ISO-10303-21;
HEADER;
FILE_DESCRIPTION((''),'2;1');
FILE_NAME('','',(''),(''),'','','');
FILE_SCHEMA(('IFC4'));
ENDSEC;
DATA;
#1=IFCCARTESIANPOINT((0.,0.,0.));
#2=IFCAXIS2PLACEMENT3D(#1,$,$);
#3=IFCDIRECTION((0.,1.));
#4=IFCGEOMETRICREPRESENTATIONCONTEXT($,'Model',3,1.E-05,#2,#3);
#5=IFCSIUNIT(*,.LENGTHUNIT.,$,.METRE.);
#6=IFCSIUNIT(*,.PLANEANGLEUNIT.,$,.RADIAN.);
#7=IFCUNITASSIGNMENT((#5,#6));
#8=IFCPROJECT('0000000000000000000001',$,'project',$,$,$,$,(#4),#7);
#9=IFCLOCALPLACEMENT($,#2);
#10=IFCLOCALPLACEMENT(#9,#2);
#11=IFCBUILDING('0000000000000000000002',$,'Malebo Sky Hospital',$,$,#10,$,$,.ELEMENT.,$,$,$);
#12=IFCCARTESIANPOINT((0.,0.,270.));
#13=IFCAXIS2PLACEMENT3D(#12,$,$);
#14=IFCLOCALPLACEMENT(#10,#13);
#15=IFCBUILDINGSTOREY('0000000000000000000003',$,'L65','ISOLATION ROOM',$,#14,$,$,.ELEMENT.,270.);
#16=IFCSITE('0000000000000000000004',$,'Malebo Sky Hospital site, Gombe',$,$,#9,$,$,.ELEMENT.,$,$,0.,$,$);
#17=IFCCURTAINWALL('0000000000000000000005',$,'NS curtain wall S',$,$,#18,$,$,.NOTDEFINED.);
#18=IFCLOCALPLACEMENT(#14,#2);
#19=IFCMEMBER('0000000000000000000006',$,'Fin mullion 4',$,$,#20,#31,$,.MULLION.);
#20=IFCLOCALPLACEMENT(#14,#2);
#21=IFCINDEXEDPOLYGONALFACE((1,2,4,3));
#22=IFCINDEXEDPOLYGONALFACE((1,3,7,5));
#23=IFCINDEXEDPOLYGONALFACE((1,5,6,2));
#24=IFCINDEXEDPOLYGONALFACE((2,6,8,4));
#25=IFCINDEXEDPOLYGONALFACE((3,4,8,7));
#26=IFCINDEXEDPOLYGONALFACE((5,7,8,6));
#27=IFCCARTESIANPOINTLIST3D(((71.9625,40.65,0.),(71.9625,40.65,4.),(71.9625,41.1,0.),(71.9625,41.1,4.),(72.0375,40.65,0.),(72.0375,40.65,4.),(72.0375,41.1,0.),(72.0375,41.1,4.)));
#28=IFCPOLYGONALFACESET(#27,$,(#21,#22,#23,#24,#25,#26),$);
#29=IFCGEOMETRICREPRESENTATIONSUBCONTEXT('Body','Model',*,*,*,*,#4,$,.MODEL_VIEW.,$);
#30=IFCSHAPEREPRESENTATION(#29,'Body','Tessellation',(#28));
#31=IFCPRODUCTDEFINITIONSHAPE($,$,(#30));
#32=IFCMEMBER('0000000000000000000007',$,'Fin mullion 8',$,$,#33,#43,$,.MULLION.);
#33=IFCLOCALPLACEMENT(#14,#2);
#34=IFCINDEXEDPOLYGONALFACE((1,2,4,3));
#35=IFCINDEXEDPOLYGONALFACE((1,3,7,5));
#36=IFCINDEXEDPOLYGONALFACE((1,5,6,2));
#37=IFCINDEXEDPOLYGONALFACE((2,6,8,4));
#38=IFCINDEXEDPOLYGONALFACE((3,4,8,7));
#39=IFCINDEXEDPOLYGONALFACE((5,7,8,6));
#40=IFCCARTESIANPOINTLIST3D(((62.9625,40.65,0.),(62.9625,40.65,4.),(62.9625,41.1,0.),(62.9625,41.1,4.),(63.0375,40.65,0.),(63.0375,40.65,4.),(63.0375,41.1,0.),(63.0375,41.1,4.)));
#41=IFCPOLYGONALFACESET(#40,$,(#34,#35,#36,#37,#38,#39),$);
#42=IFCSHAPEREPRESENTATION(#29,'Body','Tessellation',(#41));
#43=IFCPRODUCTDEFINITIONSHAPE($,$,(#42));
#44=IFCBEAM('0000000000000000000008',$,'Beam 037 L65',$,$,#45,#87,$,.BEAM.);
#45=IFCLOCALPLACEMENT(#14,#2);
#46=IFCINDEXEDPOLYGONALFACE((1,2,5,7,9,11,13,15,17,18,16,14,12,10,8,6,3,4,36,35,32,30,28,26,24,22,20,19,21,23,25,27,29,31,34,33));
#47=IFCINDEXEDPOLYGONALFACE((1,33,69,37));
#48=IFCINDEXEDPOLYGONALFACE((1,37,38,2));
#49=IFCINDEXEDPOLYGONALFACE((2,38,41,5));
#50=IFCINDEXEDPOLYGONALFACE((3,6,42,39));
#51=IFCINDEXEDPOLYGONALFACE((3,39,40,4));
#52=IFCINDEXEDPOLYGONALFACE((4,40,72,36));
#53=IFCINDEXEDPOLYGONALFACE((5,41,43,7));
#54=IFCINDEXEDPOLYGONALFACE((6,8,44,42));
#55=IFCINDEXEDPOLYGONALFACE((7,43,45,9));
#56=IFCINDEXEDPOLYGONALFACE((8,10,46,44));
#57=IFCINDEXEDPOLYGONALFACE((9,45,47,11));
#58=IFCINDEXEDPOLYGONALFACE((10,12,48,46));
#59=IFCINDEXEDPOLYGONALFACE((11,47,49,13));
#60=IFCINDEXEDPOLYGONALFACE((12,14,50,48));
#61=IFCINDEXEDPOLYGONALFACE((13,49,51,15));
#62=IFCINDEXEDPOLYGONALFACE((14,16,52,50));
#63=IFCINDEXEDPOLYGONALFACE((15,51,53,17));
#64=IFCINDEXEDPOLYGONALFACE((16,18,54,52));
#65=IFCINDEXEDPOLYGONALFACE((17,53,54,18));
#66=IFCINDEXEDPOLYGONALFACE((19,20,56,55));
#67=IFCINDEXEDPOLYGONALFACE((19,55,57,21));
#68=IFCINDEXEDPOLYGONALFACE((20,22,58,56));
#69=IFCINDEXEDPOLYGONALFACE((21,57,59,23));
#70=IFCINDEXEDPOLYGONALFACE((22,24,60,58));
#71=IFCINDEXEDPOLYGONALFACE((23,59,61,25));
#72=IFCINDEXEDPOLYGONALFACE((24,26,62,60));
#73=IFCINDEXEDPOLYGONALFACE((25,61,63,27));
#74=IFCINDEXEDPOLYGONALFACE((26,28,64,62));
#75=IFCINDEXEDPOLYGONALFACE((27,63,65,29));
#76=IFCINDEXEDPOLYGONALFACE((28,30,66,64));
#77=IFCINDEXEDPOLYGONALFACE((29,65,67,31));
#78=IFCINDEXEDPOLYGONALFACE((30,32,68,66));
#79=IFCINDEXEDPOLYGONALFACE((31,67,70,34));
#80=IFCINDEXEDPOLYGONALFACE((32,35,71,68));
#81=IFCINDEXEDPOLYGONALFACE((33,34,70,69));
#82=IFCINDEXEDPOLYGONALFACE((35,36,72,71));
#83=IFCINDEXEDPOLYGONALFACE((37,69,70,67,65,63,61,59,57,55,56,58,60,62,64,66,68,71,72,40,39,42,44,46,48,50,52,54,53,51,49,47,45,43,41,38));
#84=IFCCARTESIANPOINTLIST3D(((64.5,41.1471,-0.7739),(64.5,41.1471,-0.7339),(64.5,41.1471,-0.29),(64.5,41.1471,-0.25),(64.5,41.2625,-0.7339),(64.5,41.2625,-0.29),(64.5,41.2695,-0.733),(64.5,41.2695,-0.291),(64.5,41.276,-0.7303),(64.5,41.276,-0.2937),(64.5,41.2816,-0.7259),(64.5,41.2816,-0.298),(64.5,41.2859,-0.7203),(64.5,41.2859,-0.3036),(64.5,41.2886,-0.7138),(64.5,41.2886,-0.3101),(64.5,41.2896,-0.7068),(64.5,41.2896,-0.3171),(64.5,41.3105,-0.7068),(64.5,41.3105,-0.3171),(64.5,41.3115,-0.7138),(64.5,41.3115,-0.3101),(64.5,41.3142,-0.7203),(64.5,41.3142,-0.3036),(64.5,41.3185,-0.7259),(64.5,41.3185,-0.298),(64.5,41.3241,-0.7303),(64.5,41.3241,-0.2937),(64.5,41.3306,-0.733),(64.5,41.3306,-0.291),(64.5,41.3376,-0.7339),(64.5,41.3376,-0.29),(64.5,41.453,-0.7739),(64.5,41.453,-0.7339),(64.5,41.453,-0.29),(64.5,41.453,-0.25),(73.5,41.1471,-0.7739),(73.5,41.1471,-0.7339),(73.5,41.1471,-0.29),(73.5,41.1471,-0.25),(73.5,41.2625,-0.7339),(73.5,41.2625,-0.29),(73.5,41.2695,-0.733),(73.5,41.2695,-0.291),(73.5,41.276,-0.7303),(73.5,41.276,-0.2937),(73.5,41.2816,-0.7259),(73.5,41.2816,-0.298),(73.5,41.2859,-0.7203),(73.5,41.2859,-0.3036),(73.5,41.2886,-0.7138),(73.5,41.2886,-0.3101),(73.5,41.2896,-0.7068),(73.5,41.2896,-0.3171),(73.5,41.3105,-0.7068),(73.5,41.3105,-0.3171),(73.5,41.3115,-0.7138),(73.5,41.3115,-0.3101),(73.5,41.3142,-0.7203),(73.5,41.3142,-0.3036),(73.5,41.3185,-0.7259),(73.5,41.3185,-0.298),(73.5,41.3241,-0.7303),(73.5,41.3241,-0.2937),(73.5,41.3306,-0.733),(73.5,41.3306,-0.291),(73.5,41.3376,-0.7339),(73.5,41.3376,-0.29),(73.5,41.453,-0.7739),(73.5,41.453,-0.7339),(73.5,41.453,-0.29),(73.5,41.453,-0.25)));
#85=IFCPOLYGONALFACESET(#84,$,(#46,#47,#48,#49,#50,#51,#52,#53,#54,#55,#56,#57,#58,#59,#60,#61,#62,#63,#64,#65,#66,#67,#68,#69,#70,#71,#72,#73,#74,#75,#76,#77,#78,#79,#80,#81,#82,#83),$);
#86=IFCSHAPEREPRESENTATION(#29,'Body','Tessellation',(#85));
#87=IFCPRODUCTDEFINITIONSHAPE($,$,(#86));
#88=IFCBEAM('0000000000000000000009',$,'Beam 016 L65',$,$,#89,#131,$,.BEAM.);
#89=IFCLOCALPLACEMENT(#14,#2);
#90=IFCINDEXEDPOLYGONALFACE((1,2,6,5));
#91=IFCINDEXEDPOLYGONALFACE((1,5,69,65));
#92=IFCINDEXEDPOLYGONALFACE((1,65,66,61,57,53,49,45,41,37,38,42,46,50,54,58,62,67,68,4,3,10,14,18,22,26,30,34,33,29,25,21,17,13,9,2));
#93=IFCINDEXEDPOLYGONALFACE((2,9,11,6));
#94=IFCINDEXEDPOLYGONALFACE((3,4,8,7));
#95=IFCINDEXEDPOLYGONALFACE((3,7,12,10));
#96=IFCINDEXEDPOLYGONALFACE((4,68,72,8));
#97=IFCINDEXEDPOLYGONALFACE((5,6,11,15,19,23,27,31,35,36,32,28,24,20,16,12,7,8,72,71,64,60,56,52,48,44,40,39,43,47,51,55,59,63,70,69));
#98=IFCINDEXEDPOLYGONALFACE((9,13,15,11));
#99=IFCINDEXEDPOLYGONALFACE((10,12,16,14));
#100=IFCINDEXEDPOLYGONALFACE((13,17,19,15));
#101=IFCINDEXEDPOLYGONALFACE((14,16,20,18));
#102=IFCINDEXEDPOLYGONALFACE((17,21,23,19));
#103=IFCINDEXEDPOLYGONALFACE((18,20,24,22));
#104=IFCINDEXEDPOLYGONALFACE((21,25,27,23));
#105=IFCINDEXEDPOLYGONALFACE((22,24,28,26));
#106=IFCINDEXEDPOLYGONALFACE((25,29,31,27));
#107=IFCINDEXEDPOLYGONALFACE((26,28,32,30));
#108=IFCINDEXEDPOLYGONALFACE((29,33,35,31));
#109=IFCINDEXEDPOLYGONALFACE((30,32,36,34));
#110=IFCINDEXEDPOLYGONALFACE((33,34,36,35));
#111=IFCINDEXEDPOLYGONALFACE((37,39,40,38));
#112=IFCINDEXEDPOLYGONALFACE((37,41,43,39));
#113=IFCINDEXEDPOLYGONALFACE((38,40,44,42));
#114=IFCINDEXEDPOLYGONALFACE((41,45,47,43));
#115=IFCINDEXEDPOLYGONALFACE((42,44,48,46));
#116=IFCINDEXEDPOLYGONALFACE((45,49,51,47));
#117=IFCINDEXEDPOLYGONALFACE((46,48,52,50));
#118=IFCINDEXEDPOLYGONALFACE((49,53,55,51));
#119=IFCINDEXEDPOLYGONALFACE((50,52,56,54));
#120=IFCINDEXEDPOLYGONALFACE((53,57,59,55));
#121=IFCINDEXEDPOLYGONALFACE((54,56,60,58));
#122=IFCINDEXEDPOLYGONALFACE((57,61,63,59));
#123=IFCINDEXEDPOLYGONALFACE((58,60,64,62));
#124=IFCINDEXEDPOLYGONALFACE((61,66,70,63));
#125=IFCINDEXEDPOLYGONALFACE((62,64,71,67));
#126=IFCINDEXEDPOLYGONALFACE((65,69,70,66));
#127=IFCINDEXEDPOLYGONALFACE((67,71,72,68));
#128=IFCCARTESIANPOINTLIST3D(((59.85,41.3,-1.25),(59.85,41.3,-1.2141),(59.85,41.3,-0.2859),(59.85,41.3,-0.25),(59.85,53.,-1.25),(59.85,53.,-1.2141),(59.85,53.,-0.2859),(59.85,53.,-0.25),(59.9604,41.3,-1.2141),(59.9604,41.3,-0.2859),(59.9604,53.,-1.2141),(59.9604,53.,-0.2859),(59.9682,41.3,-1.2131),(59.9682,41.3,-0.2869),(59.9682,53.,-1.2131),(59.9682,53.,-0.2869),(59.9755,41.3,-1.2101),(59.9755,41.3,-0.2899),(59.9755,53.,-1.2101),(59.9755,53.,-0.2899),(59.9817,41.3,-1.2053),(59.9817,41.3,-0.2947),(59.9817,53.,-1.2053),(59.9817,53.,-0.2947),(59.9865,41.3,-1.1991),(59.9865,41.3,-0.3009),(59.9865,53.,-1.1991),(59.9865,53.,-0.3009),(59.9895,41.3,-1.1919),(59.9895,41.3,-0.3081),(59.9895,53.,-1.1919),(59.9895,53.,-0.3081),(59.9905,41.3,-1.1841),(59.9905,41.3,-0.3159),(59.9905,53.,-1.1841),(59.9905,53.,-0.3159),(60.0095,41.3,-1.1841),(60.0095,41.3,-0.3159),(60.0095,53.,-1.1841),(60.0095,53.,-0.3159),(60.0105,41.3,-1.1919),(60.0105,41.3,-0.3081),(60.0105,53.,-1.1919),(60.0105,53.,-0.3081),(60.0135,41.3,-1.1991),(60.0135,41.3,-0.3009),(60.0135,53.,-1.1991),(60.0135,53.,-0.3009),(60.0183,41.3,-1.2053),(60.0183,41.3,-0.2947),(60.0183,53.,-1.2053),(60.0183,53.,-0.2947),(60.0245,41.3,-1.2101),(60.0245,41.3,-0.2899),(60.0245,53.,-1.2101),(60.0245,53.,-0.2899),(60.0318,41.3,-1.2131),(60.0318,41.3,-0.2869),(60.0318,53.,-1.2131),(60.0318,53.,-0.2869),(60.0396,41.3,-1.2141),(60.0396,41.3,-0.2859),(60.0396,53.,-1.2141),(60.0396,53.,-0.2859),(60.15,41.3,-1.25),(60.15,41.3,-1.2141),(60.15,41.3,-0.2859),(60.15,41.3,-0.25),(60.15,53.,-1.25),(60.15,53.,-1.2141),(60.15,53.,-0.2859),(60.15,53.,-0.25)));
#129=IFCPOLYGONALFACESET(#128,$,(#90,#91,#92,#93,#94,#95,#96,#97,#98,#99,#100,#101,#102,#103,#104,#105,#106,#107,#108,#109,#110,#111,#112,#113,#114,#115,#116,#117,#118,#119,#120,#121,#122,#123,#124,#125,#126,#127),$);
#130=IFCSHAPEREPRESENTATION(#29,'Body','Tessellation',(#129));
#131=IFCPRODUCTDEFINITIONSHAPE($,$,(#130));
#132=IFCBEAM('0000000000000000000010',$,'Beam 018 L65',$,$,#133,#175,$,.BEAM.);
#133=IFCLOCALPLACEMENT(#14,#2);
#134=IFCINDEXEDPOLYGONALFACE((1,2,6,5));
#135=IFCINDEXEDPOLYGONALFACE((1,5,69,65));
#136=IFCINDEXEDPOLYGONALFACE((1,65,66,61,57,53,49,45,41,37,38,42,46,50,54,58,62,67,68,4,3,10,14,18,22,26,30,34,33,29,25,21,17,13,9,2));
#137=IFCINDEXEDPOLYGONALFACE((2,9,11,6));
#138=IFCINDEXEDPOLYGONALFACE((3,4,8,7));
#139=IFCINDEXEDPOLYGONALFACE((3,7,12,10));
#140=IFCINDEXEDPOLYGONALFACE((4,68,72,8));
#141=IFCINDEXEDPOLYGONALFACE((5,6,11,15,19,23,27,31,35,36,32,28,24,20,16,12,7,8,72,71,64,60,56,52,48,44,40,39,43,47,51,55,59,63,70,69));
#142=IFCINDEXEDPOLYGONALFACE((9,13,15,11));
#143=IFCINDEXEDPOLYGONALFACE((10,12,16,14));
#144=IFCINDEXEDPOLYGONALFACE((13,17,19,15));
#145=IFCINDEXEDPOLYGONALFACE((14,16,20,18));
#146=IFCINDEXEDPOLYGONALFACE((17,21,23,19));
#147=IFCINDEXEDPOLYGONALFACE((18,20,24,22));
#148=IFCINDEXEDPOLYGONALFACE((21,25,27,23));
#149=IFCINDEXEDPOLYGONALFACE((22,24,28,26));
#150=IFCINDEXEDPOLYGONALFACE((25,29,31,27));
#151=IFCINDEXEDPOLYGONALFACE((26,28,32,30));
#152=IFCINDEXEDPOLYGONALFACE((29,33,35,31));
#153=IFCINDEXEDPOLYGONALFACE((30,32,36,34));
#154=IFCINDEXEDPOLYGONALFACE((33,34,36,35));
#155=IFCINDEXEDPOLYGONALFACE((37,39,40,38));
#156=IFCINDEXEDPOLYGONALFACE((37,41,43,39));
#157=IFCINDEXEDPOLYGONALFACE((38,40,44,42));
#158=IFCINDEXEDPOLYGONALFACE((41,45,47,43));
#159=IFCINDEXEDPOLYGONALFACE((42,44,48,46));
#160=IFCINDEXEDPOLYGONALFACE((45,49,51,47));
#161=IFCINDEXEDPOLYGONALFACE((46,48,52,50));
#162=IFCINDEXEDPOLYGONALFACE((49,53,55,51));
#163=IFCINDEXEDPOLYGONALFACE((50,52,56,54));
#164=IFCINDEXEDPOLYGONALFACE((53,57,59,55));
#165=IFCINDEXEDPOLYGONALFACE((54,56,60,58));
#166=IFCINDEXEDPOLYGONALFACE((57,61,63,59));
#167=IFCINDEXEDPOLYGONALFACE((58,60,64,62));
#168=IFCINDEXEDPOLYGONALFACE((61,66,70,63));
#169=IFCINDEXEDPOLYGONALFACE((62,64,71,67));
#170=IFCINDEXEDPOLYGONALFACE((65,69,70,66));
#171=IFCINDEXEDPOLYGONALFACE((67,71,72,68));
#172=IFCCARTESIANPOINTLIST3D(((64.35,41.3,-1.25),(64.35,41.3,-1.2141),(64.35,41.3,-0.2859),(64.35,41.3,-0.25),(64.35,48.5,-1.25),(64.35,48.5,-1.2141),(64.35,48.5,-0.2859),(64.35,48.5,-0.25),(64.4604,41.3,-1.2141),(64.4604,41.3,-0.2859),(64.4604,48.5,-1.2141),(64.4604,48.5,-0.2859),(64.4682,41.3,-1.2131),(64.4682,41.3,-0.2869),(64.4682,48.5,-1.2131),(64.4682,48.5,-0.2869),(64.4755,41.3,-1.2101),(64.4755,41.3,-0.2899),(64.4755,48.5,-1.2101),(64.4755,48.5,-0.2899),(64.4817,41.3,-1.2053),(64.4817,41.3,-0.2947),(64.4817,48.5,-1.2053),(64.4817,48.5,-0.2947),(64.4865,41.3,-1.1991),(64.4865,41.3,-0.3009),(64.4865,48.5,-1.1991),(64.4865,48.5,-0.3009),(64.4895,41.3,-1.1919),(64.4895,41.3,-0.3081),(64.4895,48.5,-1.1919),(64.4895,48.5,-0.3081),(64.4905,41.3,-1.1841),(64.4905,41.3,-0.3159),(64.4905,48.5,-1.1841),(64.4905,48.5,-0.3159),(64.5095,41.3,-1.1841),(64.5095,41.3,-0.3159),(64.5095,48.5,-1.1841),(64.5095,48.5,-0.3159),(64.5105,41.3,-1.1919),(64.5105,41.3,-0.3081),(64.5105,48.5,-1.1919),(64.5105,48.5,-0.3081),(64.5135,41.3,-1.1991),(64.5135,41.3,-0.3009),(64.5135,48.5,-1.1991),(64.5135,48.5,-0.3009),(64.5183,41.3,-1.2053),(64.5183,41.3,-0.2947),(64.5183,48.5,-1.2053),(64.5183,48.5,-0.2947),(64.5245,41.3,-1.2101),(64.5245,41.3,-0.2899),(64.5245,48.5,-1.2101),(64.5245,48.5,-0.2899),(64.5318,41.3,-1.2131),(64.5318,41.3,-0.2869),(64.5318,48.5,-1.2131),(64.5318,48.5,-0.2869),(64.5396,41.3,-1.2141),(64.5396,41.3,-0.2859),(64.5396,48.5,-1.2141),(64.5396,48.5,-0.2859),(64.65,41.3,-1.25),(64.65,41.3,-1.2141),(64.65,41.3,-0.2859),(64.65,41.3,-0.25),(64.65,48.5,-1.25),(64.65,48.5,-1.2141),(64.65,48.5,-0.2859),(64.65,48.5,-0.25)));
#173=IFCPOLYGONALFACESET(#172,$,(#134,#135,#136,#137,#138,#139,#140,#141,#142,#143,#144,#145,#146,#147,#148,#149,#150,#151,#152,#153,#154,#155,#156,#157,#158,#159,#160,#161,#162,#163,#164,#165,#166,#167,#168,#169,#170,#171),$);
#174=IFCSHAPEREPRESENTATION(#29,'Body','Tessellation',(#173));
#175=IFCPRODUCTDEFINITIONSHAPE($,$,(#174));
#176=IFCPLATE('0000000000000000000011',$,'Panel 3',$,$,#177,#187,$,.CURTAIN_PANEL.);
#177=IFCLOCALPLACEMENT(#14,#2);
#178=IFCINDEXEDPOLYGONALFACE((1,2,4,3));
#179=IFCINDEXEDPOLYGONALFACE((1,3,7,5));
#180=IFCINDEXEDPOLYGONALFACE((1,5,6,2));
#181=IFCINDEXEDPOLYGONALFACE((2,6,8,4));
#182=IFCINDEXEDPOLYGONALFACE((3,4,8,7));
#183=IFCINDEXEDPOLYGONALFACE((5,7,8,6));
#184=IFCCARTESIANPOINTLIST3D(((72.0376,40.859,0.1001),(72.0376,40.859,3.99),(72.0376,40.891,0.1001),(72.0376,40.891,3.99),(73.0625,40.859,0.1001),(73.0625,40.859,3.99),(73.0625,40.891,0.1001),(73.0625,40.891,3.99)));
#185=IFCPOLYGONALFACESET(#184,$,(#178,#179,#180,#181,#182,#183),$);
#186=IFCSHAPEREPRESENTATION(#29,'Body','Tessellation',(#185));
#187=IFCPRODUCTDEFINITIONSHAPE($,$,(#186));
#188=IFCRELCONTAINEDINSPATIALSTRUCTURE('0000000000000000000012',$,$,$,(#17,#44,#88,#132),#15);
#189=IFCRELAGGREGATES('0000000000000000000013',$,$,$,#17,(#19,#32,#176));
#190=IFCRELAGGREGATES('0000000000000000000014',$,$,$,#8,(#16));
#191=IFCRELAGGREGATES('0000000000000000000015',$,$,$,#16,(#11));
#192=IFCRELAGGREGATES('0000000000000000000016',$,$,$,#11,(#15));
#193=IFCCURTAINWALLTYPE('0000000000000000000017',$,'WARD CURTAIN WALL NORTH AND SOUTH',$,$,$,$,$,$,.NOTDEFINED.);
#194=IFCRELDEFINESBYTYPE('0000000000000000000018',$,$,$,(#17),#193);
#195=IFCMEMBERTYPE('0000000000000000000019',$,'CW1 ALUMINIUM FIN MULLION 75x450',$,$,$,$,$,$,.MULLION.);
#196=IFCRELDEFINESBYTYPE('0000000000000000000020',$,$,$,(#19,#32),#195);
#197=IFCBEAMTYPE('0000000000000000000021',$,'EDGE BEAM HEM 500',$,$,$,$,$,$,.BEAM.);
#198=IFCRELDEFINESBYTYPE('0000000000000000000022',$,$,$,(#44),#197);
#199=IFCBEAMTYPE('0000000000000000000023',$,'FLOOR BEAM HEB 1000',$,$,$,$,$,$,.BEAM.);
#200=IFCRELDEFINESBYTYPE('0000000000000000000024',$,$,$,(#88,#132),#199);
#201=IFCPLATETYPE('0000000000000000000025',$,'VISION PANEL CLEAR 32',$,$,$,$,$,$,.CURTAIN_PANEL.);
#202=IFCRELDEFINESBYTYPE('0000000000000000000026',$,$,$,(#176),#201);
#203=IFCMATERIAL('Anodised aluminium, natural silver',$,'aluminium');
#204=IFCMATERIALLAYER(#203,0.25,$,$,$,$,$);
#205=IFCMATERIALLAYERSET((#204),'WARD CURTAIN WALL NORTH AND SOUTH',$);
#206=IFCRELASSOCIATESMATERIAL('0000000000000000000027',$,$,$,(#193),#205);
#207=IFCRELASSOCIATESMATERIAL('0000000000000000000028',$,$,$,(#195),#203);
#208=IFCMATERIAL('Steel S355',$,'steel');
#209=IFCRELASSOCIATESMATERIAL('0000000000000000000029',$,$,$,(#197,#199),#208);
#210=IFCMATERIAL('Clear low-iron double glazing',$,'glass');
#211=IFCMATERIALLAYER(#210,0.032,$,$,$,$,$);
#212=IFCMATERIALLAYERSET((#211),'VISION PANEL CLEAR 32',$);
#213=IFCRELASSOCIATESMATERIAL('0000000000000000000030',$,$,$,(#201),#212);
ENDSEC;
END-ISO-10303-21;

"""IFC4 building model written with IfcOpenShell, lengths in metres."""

from ifc_helpers import new_model, si_unit, direction, frame, origin, origin_2d, place, context, subcontext, project, spatial, rectangle, i_section, extrude, material, layer, layer_set, material_profile, profile_set, type_object, element, aggregate, save


model = new_model("IFC4")

# Units and contexts
model_context = context("Model", 3, precision=1e-05, world=origin(), true_north=direction((0.0, 1.0)))
body_context = subcontext(model_context, "Body", "Model", "MODEL_VIEW")
ifc_project = project(units=[si_unit("LENGTHUNIT", "METRE"), si_unit("PLANEANGLEUNIT", "RADIAN")], contexts=[model_context])

# Site, building, storey
site_placement = place(None, origin())
site = spatial("IfcSite", under=ifc_project, at=site_placement, Name="Malebo Sky Hospital site, Gombe", CompositionType="ELEMENT", RefElevation=0.0)
building_placement = place(site_placement, origin())
building = spatial("IfcBuilding", under=site, at=building_placement, Name="Malebo Sky Hospital", CompositionType="ELEMENT")
storey_placement = place(building_placement, frame((0.0, 0.0, 270.0)))
storey = spatial("IfcBuildingStorey", under=building, at=storey_placement, Name="L65", Description="ISOLATION ROOM", CompositionType="ELEMENT", Elevation=270.0)

# Curtain wall
ifc_material_1 = material(Name="Anodised aluminium, natural silver", Category="aluminium")
ifc_layer_1 = layer(ifc_material_1, 0.25)
ifc_layer_set_1 = layer_set([ifc_layer_1], Name="WARD CURTAIN WALL NORTH AND SOUTH")
curtain_wall_type = type_object("IfcCurtainWallType", Name="WARD CURTAIN WALL NORTH AND SOUTH", PredefinedType="NOTDEFINED", material=ifc_layer_set_1)
curtain_wall_placement = place(storey_placement, origin())
curtain_wall = element("IfcCurtainWall", 1, at=curtain_wall_placement, inside=storey, type_object=curtain_wall_type, Name="NS curtain wall S", PredefinedType="NOTDEFINED")

# Members
ifc_material_2 = material(Name="Steel S355", Category="steel")
ifc_material_profile_1 = material_profile(ifc_material_1, rectangle(XDim=0.075, YDim=0.45, at=origin_2d()), Name="CW1 ALUMINIUM FIN MULLION 75x450")
ifc_profile_set_1 = profile_set([ifc_material_profile_1], Name="Anodised aluminium, natural silver")
member_type_1 = type_object("IfcMemberType", Name="CW1 ALUMINIUM FIN MULLION 75x450", PredefinedType="MULLION", material=ifc_profile_set_1)
member_1_placement = place(storey_placement, frame((72.0, 40.875, 0.0), z_axis=(0.0, 0.0, 1.0), x_axis=(-1.0, 0.0, 0.0)))
member_1 = element("IfcMember", 2, at=member_1_placement, type_object=member_type_1, Name="Fin mullion 4", PredefinedType="MULLION", context=body_context, shape_type="SweptSolid", body=[
    extrude(rectangle(XDim=0.075, YDim=0.45, at=origin_2d()), origin(), (0.0, 0.0, 1.0), 4.0),
])
member_2_placement = place(storey_placement, frame((63.0, 40.875, 0.0), z_axis=(0.0, 0.0, 1.0), x_axis=(-1.0, 0.0, 0.0)))
member_2 = element("IfcMember", 3, at=member_2_placement, type_object=member_type_1, Name="Fin mullion 8", PredefinedType="MULLION", context=body_context, shape_type="SweptSolid", body=[
    extrude(rectangle(XDim=0.075, YDim=0.45, at=origin_2d()), origin(), (0.0, 0.0, 1.0), 4.0),
])

# Beams
ifc_material_profile_2 = material_profile(ifc_material_2, i_section(OverallWidth=0.3059, OverallDepth=0.5239, WebThickness=0.021, FlangeThickness=0.04, FilletRadius=0.0271, at=origin_2d()), Name="HEM 500")
ifc_profile_set_2 = profile_set([ifc_material_profile_2], Name="Steel S355")
beam_type_1 = type_object("IfcBeamType", Name="EDGE BEAM HEM 500", PredefinedType="BEAM", material=ifc_profile_set_2)
beam_1_placement = place(storey_placement, frame((64.5, 41.3, -0.512), z_axis=(1.0, 0.0, 0.0), x_axis=(0.0, 1.0, 0.0)))
element("IfcBeam", 4, at=beam_1_placement, inside=storey, type_object=beam_type_1, Name="Beam 037 L65", PredefinedType="BEAM", context=body_context, shape_type="SweptSolid", body=[
    extrude(i_section(OverallWidth=0.3059, OverallDepth=0.5239, WebThickness=0.021, FlangeThickness=0.04, FilletRadius=0.0271, at=origin_2d()), origin(), (0.0, 0.0, 1.0), 9.0),
])
ifc_material_profile_3 = material_profile(ifc_material_2, i_section(OverallWidth=0.3, OverallDepth=1.0, WebThickness=0.019, FlangeThickness=0.0359, FilletRadius=0.03, at=origin_2d()), Name="HEB 1000")
ifc_profile_set_3 = profile_set([ifc_material_profile_3], Name="Steel S355")
beam_type_2 = type_object("IfcBeamType", Name="FLOOR BEAM HEB 1000", PredefinedType="BEAM", material=ifc_profile_set_3)
beam_2_placement = place(storey_placement, frame((60.0, 41.3, -0.75), z_axis=(0.0, 1.0, 0.0), x_axis=(-1.0, 0.0, 0.0)))
element("IfcBeam", 5, at=beam_2_placement, inside=storey, type_object=beam_type_2, Name="Beam 016 L65", PredefinedType="BEAM", context=body_context, shape_type="SweptSolid", body=[
    extrude(i_section(OverallWidth=0.3, OverallDepth=1.0, WebThickness=0.019, FlangeThickness=0.0359, FilletRadius=0.03, at=origin_2d()), origin(), (0.0, 0.0, 1.0), 11.7),
])
beam_3_placement = place(storey_placement, frame((64.5, 41.3, -0.75), z_axis=(0.0, 1.0, 0.0), x_axis=(-1.0, 0.0, 0.0)))
element("IfcBeam", 6, at=beam_3_placement, inside=storey, type_object=beam_type_2, Name="Beam 018 L65", PredefinedType="BEAM", context=body_context, shape_type="SweptSolid", body=[
    extrude(i_section(OverallWidth=0.3, OverallDepth=1.0, WebThickness=0.019, FlangeThickness=0.0359, FilletRadius=0.03, at=origin_2d()), origin(), (0.0, 0.0, 1.0), 7.2),
])

# Plate
ifc_material_3 = material(Name="Clear low-iron double glazing", Category="glass")
ifc_layer_2 = layer(ifc_material_3, 0.032)
ifc_layer_set_2 = layer_set([ifc_layer_2], Name="VISION PANEL CLEAR 32")
plate_type = type_object("IfcPlateType", Name="VISION PANEL CLEAR 32", PredefinedType="CURTAIN_PANEL", material=ifc_layer_set_2)
plate_1_placement = place(storey_placement, frame((72.55, 40.875, 0.1001), z_axis=(0.0, 0.0, 1.0), x_axis=(-1.0, 0.0, 0.0)))
plate_1 = element("IfcPlate", 7, at=plate_1_placement, type_object=plate_type, Name="Panel 3", PredefinedType="CURTAIN_PANEL", context=body_context, shape_type="SweptSolid", body=[
    extrude(rectangle(XDim=1.0249, YDim=0.032, at=origin_2d()), origin(), (0.0, 0.0, 1.0), 3.8899),
])
aggregate(curtain_wall, [member_1, member_2, plate_1])

save(model, "model.ifc")
